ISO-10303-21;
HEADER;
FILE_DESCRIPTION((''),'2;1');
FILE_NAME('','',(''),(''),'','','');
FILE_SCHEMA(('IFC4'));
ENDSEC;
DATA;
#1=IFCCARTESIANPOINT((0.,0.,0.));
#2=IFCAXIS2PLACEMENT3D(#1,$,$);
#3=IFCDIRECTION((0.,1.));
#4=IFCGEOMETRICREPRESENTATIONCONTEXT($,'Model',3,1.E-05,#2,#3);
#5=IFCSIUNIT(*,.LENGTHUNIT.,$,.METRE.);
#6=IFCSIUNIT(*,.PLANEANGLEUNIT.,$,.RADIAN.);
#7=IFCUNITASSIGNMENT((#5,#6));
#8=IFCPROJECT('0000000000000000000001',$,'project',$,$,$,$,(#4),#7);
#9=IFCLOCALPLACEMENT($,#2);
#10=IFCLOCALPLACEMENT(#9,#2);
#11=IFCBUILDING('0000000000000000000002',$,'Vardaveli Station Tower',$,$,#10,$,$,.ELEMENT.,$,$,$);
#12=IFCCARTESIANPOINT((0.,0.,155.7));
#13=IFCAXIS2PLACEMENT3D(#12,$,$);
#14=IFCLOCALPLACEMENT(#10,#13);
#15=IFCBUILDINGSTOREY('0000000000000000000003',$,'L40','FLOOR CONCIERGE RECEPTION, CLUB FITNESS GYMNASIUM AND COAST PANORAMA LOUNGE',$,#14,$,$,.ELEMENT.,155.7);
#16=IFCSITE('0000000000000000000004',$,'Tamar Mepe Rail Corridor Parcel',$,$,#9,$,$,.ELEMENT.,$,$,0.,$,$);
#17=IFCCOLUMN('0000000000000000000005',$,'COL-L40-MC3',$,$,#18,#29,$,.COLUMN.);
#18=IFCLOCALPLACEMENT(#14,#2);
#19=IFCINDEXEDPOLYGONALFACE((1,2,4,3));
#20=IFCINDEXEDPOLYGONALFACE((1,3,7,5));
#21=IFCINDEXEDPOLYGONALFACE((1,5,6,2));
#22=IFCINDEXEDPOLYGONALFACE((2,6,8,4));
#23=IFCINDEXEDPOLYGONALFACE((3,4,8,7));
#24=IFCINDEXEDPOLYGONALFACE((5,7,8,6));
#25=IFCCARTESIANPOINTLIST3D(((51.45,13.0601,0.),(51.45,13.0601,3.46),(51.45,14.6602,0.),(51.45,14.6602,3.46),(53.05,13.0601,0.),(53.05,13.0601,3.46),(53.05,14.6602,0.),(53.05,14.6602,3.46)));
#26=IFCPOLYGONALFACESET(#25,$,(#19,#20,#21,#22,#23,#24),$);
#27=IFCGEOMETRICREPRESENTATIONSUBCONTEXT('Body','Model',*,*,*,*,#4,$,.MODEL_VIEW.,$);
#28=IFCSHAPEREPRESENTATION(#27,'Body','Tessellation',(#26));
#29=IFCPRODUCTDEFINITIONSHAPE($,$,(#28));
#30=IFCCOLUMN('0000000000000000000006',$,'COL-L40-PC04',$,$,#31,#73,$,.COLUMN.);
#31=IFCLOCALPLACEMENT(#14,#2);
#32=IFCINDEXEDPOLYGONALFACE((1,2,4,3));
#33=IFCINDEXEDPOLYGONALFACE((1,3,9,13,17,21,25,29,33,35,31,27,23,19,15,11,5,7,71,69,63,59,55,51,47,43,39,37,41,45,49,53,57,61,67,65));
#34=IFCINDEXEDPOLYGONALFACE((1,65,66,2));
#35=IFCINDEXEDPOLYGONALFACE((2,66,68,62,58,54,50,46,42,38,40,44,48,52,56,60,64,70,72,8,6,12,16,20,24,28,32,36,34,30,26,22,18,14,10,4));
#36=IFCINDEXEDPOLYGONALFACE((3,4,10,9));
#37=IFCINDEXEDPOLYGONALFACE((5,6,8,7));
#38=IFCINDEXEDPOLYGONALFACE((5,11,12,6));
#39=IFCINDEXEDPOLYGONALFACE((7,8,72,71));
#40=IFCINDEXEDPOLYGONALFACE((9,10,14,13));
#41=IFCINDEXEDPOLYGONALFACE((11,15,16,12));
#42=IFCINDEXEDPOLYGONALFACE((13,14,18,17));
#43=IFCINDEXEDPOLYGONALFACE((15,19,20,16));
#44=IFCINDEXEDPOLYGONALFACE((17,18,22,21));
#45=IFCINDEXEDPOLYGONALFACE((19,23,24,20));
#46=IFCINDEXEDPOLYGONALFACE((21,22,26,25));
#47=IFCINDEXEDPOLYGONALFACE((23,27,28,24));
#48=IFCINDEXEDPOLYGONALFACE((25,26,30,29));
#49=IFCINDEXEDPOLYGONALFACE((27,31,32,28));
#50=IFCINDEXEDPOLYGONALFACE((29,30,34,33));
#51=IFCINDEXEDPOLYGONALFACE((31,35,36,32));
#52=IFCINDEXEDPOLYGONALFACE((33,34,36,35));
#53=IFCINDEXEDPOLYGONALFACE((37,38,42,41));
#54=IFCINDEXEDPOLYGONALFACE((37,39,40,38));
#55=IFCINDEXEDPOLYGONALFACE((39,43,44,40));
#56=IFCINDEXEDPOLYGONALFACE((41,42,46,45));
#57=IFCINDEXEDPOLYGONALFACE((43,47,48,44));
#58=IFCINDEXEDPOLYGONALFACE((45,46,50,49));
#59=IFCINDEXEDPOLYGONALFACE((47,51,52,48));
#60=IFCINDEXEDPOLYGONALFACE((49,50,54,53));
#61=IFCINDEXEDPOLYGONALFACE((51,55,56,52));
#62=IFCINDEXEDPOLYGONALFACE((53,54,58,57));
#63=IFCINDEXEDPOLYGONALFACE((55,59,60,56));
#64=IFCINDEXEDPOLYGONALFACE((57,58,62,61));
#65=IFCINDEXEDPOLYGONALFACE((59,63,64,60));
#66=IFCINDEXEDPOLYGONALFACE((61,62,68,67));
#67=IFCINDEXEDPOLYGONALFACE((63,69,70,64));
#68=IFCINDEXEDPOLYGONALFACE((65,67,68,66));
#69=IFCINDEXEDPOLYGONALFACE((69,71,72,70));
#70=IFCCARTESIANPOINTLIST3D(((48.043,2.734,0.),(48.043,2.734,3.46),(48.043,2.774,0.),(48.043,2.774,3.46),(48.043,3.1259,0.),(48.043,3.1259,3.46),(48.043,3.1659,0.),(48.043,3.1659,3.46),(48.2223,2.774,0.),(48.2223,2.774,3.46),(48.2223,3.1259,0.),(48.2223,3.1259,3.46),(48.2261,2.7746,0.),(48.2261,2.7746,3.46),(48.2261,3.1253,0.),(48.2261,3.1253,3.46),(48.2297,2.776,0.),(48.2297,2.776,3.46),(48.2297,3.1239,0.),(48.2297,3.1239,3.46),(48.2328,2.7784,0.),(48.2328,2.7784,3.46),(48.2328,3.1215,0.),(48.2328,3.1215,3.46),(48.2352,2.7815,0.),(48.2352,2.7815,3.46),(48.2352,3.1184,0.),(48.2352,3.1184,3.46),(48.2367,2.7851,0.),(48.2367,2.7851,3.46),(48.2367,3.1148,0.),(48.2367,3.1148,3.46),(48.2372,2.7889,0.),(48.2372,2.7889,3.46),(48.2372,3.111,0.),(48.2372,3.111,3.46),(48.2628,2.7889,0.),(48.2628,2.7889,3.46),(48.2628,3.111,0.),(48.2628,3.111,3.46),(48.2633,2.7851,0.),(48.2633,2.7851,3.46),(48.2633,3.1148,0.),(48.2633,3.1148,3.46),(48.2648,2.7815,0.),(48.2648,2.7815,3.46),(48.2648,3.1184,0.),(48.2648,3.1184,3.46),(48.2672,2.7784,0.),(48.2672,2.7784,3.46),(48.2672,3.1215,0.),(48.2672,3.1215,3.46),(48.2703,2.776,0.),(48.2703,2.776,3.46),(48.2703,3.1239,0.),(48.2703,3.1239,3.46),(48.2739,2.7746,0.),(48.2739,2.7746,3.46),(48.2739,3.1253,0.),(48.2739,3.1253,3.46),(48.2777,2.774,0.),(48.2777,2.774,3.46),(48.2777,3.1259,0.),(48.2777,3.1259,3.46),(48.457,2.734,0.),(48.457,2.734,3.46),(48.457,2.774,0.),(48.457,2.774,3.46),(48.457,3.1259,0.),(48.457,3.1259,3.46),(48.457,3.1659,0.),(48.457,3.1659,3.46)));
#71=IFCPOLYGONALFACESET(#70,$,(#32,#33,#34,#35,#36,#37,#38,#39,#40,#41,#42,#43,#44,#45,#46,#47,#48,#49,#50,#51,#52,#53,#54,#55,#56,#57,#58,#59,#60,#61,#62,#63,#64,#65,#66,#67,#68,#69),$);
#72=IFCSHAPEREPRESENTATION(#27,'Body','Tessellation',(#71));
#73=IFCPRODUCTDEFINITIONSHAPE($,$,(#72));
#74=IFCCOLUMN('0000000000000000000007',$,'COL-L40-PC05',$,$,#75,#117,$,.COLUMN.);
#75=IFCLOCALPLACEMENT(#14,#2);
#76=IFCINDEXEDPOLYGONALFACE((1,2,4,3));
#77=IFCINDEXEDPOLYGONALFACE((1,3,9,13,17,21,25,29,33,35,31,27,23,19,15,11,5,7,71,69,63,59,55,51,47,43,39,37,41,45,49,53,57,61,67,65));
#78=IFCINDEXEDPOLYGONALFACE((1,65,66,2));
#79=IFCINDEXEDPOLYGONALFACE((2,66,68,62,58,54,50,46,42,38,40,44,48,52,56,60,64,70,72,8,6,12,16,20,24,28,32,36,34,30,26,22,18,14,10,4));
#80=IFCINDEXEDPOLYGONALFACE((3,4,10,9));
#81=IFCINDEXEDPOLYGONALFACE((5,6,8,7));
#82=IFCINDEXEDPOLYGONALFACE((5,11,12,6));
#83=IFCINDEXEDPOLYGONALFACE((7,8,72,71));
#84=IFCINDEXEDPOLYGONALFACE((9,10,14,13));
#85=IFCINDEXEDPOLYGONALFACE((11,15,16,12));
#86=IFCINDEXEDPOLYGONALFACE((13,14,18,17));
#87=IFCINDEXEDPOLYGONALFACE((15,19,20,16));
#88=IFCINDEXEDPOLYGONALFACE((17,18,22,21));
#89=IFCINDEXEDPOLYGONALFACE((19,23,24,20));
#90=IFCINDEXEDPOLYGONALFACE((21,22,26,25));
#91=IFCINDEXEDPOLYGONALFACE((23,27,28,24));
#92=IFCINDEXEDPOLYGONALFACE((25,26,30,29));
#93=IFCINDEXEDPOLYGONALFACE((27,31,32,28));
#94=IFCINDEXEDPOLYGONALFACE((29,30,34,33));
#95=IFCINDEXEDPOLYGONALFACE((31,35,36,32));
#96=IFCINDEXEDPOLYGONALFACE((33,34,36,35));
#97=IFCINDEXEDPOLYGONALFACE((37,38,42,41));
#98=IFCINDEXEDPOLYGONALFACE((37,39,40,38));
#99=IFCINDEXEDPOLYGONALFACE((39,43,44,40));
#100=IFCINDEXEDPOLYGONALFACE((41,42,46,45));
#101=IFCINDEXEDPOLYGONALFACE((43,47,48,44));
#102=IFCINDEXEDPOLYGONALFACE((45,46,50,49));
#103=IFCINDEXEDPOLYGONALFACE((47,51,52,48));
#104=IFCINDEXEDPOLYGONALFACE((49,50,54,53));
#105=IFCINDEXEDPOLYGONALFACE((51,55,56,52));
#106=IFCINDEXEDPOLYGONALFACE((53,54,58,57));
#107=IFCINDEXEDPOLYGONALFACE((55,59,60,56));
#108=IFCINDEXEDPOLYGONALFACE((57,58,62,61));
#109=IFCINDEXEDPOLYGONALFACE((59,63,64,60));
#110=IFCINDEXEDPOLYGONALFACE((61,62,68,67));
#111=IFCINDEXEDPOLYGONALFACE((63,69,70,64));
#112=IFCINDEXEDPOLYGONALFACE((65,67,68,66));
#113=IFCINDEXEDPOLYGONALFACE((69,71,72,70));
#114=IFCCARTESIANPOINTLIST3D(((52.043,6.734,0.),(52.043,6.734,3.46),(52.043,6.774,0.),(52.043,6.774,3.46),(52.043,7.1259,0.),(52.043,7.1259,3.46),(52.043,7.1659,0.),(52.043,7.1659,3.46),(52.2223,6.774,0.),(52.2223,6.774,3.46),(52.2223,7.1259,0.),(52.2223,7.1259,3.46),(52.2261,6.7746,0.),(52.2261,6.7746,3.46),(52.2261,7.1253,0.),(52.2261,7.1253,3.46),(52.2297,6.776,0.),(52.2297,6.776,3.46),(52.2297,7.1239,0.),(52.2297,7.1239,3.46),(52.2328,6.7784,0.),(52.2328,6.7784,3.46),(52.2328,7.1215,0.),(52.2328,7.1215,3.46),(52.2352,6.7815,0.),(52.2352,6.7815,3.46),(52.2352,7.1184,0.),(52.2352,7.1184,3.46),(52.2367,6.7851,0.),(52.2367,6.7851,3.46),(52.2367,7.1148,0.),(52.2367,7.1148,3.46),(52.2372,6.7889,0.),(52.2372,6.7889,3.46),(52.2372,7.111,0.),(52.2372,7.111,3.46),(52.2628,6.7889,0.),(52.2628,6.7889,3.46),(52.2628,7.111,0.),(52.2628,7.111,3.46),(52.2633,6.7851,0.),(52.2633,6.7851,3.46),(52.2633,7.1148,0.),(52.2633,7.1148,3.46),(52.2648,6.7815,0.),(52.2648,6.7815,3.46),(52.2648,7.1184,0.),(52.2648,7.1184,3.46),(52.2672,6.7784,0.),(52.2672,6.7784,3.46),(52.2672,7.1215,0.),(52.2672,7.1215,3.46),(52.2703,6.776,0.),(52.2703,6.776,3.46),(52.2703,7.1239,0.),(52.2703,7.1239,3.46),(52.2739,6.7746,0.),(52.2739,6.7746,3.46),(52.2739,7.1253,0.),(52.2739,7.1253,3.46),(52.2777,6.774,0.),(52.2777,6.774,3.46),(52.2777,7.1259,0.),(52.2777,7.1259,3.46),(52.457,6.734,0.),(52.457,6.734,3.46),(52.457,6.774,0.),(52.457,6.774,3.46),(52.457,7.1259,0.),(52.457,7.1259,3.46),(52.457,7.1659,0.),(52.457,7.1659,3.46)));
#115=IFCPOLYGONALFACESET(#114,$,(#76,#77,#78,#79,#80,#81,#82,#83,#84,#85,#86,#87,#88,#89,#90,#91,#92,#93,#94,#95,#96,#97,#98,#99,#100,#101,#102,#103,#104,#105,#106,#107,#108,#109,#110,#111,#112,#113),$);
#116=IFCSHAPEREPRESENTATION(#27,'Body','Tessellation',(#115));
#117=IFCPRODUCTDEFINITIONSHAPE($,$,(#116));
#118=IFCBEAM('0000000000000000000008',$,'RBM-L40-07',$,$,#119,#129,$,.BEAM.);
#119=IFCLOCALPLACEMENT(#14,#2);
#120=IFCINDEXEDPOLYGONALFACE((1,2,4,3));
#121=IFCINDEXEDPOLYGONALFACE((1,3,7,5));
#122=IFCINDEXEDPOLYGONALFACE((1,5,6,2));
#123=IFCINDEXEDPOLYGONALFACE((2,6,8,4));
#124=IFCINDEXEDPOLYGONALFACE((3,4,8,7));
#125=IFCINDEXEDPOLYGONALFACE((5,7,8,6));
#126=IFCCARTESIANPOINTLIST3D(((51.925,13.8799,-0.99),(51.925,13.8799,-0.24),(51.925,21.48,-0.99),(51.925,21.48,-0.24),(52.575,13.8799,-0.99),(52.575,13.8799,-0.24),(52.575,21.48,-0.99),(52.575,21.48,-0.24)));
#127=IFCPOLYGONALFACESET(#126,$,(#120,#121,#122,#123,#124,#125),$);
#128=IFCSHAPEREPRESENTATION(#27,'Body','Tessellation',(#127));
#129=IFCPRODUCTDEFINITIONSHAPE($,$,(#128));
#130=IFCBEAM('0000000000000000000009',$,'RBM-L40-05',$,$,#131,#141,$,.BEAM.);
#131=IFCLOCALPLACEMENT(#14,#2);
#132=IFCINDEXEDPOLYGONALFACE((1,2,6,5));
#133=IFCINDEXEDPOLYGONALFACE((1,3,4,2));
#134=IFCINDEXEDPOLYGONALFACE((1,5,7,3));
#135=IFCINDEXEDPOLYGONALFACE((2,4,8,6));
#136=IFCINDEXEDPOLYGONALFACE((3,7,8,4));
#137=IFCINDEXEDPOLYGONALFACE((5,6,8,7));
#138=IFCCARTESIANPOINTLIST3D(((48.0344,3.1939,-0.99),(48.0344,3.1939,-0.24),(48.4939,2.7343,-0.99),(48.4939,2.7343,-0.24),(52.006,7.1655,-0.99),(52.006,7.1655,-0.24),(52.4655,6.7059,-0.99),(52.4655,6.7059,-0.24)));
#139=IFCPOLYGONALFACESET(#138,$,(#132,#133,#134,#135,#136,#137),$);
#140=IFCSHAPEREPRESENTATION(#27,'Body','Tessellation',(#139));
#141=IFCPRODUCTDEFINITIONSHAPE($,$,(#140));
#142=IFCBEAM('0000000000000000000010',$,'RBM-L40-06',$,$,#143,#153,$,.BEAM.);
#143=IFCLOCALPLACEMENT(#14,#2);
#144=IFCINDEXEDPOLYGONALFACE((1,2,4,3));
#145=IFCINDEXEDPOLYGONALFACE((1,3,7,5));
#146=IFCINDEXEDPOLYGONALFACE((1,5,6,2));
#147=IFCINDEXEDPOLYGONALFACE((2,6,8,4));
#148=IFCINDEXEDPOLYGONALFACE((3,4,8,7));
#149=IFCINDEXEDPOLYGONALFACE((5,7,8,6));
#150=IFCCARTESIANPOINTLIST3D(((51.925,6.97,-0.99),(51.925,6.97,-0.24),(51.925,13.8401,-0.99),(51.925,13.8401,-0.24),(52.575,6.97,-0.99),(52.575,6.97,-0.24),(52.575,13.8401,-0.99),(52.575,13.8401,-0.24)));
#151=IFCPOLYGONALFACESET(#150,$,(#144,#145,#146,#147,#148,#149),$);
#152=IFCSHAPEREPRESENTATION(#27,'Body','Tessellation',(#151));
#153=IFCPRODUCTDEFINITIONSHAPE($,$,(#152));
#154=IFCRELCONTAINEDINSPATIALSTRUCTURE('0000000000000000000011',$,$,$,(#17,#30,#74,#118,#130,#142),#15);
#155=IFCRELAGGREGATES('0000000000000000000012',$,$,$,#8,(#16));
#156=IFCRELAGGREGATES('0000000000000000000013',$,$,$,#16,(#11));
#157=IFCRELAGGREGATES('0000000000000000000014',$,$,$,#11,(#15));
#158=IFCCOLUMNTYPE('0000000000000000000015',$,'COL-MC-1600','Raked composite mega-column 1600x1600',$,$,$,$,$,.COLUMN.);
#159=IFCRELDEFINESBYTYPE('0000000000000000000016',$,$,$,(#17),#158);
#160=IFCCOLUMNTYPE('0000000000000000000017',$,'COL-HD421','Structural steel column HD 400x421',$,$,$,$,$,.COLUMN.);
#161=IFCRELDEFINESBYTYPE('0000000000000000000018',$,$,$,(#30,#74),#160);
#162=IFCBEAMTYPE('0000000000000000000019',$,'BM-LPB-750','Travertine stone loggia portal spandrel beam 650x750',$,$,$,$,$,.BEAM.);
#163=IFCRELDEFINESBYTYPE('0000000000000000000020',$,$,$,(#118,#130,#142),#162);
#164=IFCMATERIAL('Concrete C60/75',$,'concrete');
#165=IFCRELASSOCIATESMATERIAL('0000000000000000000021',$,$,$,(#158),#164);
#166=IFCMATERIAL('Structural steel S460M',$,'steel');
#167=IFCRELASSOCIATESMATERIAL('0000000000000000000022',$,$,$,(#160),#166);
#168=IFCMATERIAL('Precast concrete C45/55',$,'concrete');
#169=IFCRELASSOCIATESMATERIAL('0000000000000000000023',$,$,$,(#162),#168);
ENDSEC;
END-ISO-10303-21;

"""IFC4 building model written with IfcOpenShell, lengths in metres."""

from ifc_helpers import new_model, si_unit, direction, frame, origin, origin_2d, place, context, subcontext, project, spatial, rectangle, i_section, extrude, source, transform, mapped, material, material_profile, profile_set, type_object, element, save


model = new_model("IFC4")

# Units and contexts
model_context = context("Model", 3, precision=1e-05, world=origin(), true_north=direction((0.0, 1.0)))
body_context = subcontext(model_context, "Body", "Model", "MODEL_VIEW")
ifc_project = project(units=[si_unit("LENGTHUNIT", "METRE"), si_unit("PLANEANGLEUNIT", "RADIAN")], contexts=[model_context])

# Site, building, storey
site_placement = place(None, origin())
site = spatial("IfcSite", under=ifc_project, at=site_placement, Name="Tamar Mepe Rail Corridor Parcel", CompositionType="ELEMENT", RefElevation=0.0)
building_placement = place(site_placement, origin())
building = spatial("IfcBuilding", under=site, at=building_placement, Name="Vardaveli Station Tower", CompositionType="ELEMENT")
storey_placement = place(building_placement, frame((0.0, 0.0, 155.7)))
storey = spatial("IfcBuildingStorey", under=building, at=storey_placement, Name="L40", Description="FLOOR CONCIERGE RECEPTION, CLUB FITNESS GYMNASIUM AND COAST PANORAMA LOUNGE", CompositionType="ELEMENT", Elevation=155.7)

# Columns
ifc_material_1 = material(Name="Concrete C60/75", Category="concrete")
ifc_material_profile_1 = material_profile(ifc_material_1, rectangle(XDim=1.6001, YDim=1.6001, at=origin_2d()), Name="MC 1600x1600")
ifc_profile_set_1 = profile_set([ifc_material_profile_1], Name="Concrete C60/75")
column_type_1 = type_object("IfcColumnType", Name="COL-MC-1600", Description="Raked composite mega-column 1600x1600", PredefinedType="COLUMN", material=ifc_profile_set_1)
shared_shape_1 = source(origin(), body_context, "Body", "SweptSolid", [
    extrude(rectangle(XDim=1.6001, YDim=1.6001, at=origin_2d()), origin(), (0.0, 0.0, 1.0), 3.46),
])
column_placement = place(storey_placement, frame((52.25, 13.8601, 0.0), z_axis=(0.0, 0.0, 1.0), x_axis=(1.0, 0.0, 0.0)))
element("IfcColumn", 1, at=column_placement, inside=storey, type_object=column_type_1, Name="COL-L40-MC3", PredefinedType="COLUMN", context=body_context, shape_type="MappedRepresentation", body=[
    mapped(shared_shape_1, transform((0.0, 0.0, 0.0), scale=1.0)),
])
ifc_material_2 = material(Name="Structural steel S460M", Category="steel")
ifc_material_profile_2 = material_profile(ifc_material_2, i_section(OverallWidth=0.4141, OverallDepth=0.4319, WebThickness=0.0256, FlangeThickness=0.04, FilletRadius=0.0149, at=origin_2d()), Name="HD 400x421")
ifc_profile_set_2 = profile_set([ifc_material_profile_2], Name="Structural steel S460M")
column_type_2 = type_object("IfcColumnType", Name="COL-HD421", Description="Structural steel column HD 400x421", PredefinedType="COLUMN", material=ifc_profile_set_2)
shared_shape_2 = source(origin(), body_context, "Body", "SweptSolid", [
    extrude(i_section(OverallWidth=0.4141, OverallDepth=0.4319, WebThickness=0.0256, FlangeThickness=0.04, FilletRadius=0.0149, at=origin_2d()), origin(), (0.0, 0.0, 1.0), 3.46),
])
for number, where, z_axis, x_axis, name in (
    (2, (48.25, 2.95, 0.0), (0.0, 0.0, 1.0), (1.0, 0.0, 0.0), "COL-L40-PC04"),
    (3, (52.25, 6.95, 0.0), (0.0, 0.0, 1.0), (1.0, 0.0, 0.0), "COL-L40-PC05"),
):
    element("IfcColumn", number, at=place(storey_placement, frame(where, z_axis=z_axis, x_axis=x_axis)), inside=storey, type_object=column_type_2, Name=name, PredefinedType="COLUMN", context=body_context, shape_type="MappedRepresentation", body=[
        mapped(shared_shape_2, transform((0.0, 0.0, 0.0), scale=1.0)),
    ])

# Beams
ifc_material_3 = material(Name="Precast concrete C45/55", Category="concrete")
ifc_material_profile_3 = material_profile(ifc_material_3, rectangle(XDim=0.6499, YDim=0.75, at=origin_2d()), Name="LPB 650x750")
ifc_profile_set_3 = profile_set([ifc_material_profile_3], Name="Precast concrete C45/55")
beam_type_1 = type_object("IfcBeamType", Name="BM-LPB-750", Description="Travertine stone loggia portal spandrel beam 650x750", PredefinedType="BEAM", material=ifc_profile_set_3)
shared_shape_3 = source(origin(), body_context, "Body", "SweptSolid", [
    extrude(rectangle(XDim=0.6499, YDim=0.75, at=origin_2d()), origin(), (0.0, 0.0, 1.0), 7.6001),
])
beam_1_placement = place(storey_placement, frame((52.25, 13.8799, -0.615), z_axis=(0.0, 1.0, 0.0), x_axis=(-1.0, 0.0, 0.0)))
element("IfcBeam", 4, at=beam_1_placement, inside=storey, type_object=beam_type_1, Name="RBM-L40-07", PredefinedType="BEAM", context=body_context, shape_type="MappedRepresentation", body=[
    mapped(shared_shape_3, transform((0.0, 0.0, 0.0), scale=1.0)),
])
shared_shape_4 = source(origin(), body_context, "Body", "SweptSolid", [
    extrude(rectangle(XDim=0.6499, YDim=0.75, at=origin_2d()), origin(), (0.0, 0.0, 1.0), 5.6167),
])
beam_2_placement = place(storey_placement, frame((48.2642, 2.9641, -0.615), z_axis=(0.707107, 0.707107, 0.0), x_axis=(-0.707107, 0.707107, 0.0)))
element("IfcBeam", 5, at=beam_2_placement, inside=storey, type_object=beam_type_1, Name="RBM-L40-05", PredefinedType="BEAM", context=body_context, shape_type="MappedRepresentation", body=[
    mapped(shared_shape_4, transform((0.0, 0.0, 0.0), scale=1.0)),
])
shared_shape_5 = source(origin(), body_context, "Body", "SweptSolid", [
    extrude(rectangle(XDim=0.6499, YDim=0.75, at=origin_2d()), origin(), (0.0, 0.0, 1.0), 6.8701),
])
beam_3_placement = place(storey_placement, frame((52.25, 6.97, -0.615), z_axis=(0.0, 1.0, 0.0), x_axis=(-1.0, 0.0, 0.0)))
element("IfcBeam", 6, at=beam_3_placement, inside=storey, type_object=beam_type_1, Name="RBM-L40-06", PredefinedType="BEAM", context=body_context, shape_type="MappedRepresentation", body=[
    mapped(shared_shape_5, transform((0.0, 0.0, 0.0), scale=1.0)),
])

save(model, "model.ifc")
